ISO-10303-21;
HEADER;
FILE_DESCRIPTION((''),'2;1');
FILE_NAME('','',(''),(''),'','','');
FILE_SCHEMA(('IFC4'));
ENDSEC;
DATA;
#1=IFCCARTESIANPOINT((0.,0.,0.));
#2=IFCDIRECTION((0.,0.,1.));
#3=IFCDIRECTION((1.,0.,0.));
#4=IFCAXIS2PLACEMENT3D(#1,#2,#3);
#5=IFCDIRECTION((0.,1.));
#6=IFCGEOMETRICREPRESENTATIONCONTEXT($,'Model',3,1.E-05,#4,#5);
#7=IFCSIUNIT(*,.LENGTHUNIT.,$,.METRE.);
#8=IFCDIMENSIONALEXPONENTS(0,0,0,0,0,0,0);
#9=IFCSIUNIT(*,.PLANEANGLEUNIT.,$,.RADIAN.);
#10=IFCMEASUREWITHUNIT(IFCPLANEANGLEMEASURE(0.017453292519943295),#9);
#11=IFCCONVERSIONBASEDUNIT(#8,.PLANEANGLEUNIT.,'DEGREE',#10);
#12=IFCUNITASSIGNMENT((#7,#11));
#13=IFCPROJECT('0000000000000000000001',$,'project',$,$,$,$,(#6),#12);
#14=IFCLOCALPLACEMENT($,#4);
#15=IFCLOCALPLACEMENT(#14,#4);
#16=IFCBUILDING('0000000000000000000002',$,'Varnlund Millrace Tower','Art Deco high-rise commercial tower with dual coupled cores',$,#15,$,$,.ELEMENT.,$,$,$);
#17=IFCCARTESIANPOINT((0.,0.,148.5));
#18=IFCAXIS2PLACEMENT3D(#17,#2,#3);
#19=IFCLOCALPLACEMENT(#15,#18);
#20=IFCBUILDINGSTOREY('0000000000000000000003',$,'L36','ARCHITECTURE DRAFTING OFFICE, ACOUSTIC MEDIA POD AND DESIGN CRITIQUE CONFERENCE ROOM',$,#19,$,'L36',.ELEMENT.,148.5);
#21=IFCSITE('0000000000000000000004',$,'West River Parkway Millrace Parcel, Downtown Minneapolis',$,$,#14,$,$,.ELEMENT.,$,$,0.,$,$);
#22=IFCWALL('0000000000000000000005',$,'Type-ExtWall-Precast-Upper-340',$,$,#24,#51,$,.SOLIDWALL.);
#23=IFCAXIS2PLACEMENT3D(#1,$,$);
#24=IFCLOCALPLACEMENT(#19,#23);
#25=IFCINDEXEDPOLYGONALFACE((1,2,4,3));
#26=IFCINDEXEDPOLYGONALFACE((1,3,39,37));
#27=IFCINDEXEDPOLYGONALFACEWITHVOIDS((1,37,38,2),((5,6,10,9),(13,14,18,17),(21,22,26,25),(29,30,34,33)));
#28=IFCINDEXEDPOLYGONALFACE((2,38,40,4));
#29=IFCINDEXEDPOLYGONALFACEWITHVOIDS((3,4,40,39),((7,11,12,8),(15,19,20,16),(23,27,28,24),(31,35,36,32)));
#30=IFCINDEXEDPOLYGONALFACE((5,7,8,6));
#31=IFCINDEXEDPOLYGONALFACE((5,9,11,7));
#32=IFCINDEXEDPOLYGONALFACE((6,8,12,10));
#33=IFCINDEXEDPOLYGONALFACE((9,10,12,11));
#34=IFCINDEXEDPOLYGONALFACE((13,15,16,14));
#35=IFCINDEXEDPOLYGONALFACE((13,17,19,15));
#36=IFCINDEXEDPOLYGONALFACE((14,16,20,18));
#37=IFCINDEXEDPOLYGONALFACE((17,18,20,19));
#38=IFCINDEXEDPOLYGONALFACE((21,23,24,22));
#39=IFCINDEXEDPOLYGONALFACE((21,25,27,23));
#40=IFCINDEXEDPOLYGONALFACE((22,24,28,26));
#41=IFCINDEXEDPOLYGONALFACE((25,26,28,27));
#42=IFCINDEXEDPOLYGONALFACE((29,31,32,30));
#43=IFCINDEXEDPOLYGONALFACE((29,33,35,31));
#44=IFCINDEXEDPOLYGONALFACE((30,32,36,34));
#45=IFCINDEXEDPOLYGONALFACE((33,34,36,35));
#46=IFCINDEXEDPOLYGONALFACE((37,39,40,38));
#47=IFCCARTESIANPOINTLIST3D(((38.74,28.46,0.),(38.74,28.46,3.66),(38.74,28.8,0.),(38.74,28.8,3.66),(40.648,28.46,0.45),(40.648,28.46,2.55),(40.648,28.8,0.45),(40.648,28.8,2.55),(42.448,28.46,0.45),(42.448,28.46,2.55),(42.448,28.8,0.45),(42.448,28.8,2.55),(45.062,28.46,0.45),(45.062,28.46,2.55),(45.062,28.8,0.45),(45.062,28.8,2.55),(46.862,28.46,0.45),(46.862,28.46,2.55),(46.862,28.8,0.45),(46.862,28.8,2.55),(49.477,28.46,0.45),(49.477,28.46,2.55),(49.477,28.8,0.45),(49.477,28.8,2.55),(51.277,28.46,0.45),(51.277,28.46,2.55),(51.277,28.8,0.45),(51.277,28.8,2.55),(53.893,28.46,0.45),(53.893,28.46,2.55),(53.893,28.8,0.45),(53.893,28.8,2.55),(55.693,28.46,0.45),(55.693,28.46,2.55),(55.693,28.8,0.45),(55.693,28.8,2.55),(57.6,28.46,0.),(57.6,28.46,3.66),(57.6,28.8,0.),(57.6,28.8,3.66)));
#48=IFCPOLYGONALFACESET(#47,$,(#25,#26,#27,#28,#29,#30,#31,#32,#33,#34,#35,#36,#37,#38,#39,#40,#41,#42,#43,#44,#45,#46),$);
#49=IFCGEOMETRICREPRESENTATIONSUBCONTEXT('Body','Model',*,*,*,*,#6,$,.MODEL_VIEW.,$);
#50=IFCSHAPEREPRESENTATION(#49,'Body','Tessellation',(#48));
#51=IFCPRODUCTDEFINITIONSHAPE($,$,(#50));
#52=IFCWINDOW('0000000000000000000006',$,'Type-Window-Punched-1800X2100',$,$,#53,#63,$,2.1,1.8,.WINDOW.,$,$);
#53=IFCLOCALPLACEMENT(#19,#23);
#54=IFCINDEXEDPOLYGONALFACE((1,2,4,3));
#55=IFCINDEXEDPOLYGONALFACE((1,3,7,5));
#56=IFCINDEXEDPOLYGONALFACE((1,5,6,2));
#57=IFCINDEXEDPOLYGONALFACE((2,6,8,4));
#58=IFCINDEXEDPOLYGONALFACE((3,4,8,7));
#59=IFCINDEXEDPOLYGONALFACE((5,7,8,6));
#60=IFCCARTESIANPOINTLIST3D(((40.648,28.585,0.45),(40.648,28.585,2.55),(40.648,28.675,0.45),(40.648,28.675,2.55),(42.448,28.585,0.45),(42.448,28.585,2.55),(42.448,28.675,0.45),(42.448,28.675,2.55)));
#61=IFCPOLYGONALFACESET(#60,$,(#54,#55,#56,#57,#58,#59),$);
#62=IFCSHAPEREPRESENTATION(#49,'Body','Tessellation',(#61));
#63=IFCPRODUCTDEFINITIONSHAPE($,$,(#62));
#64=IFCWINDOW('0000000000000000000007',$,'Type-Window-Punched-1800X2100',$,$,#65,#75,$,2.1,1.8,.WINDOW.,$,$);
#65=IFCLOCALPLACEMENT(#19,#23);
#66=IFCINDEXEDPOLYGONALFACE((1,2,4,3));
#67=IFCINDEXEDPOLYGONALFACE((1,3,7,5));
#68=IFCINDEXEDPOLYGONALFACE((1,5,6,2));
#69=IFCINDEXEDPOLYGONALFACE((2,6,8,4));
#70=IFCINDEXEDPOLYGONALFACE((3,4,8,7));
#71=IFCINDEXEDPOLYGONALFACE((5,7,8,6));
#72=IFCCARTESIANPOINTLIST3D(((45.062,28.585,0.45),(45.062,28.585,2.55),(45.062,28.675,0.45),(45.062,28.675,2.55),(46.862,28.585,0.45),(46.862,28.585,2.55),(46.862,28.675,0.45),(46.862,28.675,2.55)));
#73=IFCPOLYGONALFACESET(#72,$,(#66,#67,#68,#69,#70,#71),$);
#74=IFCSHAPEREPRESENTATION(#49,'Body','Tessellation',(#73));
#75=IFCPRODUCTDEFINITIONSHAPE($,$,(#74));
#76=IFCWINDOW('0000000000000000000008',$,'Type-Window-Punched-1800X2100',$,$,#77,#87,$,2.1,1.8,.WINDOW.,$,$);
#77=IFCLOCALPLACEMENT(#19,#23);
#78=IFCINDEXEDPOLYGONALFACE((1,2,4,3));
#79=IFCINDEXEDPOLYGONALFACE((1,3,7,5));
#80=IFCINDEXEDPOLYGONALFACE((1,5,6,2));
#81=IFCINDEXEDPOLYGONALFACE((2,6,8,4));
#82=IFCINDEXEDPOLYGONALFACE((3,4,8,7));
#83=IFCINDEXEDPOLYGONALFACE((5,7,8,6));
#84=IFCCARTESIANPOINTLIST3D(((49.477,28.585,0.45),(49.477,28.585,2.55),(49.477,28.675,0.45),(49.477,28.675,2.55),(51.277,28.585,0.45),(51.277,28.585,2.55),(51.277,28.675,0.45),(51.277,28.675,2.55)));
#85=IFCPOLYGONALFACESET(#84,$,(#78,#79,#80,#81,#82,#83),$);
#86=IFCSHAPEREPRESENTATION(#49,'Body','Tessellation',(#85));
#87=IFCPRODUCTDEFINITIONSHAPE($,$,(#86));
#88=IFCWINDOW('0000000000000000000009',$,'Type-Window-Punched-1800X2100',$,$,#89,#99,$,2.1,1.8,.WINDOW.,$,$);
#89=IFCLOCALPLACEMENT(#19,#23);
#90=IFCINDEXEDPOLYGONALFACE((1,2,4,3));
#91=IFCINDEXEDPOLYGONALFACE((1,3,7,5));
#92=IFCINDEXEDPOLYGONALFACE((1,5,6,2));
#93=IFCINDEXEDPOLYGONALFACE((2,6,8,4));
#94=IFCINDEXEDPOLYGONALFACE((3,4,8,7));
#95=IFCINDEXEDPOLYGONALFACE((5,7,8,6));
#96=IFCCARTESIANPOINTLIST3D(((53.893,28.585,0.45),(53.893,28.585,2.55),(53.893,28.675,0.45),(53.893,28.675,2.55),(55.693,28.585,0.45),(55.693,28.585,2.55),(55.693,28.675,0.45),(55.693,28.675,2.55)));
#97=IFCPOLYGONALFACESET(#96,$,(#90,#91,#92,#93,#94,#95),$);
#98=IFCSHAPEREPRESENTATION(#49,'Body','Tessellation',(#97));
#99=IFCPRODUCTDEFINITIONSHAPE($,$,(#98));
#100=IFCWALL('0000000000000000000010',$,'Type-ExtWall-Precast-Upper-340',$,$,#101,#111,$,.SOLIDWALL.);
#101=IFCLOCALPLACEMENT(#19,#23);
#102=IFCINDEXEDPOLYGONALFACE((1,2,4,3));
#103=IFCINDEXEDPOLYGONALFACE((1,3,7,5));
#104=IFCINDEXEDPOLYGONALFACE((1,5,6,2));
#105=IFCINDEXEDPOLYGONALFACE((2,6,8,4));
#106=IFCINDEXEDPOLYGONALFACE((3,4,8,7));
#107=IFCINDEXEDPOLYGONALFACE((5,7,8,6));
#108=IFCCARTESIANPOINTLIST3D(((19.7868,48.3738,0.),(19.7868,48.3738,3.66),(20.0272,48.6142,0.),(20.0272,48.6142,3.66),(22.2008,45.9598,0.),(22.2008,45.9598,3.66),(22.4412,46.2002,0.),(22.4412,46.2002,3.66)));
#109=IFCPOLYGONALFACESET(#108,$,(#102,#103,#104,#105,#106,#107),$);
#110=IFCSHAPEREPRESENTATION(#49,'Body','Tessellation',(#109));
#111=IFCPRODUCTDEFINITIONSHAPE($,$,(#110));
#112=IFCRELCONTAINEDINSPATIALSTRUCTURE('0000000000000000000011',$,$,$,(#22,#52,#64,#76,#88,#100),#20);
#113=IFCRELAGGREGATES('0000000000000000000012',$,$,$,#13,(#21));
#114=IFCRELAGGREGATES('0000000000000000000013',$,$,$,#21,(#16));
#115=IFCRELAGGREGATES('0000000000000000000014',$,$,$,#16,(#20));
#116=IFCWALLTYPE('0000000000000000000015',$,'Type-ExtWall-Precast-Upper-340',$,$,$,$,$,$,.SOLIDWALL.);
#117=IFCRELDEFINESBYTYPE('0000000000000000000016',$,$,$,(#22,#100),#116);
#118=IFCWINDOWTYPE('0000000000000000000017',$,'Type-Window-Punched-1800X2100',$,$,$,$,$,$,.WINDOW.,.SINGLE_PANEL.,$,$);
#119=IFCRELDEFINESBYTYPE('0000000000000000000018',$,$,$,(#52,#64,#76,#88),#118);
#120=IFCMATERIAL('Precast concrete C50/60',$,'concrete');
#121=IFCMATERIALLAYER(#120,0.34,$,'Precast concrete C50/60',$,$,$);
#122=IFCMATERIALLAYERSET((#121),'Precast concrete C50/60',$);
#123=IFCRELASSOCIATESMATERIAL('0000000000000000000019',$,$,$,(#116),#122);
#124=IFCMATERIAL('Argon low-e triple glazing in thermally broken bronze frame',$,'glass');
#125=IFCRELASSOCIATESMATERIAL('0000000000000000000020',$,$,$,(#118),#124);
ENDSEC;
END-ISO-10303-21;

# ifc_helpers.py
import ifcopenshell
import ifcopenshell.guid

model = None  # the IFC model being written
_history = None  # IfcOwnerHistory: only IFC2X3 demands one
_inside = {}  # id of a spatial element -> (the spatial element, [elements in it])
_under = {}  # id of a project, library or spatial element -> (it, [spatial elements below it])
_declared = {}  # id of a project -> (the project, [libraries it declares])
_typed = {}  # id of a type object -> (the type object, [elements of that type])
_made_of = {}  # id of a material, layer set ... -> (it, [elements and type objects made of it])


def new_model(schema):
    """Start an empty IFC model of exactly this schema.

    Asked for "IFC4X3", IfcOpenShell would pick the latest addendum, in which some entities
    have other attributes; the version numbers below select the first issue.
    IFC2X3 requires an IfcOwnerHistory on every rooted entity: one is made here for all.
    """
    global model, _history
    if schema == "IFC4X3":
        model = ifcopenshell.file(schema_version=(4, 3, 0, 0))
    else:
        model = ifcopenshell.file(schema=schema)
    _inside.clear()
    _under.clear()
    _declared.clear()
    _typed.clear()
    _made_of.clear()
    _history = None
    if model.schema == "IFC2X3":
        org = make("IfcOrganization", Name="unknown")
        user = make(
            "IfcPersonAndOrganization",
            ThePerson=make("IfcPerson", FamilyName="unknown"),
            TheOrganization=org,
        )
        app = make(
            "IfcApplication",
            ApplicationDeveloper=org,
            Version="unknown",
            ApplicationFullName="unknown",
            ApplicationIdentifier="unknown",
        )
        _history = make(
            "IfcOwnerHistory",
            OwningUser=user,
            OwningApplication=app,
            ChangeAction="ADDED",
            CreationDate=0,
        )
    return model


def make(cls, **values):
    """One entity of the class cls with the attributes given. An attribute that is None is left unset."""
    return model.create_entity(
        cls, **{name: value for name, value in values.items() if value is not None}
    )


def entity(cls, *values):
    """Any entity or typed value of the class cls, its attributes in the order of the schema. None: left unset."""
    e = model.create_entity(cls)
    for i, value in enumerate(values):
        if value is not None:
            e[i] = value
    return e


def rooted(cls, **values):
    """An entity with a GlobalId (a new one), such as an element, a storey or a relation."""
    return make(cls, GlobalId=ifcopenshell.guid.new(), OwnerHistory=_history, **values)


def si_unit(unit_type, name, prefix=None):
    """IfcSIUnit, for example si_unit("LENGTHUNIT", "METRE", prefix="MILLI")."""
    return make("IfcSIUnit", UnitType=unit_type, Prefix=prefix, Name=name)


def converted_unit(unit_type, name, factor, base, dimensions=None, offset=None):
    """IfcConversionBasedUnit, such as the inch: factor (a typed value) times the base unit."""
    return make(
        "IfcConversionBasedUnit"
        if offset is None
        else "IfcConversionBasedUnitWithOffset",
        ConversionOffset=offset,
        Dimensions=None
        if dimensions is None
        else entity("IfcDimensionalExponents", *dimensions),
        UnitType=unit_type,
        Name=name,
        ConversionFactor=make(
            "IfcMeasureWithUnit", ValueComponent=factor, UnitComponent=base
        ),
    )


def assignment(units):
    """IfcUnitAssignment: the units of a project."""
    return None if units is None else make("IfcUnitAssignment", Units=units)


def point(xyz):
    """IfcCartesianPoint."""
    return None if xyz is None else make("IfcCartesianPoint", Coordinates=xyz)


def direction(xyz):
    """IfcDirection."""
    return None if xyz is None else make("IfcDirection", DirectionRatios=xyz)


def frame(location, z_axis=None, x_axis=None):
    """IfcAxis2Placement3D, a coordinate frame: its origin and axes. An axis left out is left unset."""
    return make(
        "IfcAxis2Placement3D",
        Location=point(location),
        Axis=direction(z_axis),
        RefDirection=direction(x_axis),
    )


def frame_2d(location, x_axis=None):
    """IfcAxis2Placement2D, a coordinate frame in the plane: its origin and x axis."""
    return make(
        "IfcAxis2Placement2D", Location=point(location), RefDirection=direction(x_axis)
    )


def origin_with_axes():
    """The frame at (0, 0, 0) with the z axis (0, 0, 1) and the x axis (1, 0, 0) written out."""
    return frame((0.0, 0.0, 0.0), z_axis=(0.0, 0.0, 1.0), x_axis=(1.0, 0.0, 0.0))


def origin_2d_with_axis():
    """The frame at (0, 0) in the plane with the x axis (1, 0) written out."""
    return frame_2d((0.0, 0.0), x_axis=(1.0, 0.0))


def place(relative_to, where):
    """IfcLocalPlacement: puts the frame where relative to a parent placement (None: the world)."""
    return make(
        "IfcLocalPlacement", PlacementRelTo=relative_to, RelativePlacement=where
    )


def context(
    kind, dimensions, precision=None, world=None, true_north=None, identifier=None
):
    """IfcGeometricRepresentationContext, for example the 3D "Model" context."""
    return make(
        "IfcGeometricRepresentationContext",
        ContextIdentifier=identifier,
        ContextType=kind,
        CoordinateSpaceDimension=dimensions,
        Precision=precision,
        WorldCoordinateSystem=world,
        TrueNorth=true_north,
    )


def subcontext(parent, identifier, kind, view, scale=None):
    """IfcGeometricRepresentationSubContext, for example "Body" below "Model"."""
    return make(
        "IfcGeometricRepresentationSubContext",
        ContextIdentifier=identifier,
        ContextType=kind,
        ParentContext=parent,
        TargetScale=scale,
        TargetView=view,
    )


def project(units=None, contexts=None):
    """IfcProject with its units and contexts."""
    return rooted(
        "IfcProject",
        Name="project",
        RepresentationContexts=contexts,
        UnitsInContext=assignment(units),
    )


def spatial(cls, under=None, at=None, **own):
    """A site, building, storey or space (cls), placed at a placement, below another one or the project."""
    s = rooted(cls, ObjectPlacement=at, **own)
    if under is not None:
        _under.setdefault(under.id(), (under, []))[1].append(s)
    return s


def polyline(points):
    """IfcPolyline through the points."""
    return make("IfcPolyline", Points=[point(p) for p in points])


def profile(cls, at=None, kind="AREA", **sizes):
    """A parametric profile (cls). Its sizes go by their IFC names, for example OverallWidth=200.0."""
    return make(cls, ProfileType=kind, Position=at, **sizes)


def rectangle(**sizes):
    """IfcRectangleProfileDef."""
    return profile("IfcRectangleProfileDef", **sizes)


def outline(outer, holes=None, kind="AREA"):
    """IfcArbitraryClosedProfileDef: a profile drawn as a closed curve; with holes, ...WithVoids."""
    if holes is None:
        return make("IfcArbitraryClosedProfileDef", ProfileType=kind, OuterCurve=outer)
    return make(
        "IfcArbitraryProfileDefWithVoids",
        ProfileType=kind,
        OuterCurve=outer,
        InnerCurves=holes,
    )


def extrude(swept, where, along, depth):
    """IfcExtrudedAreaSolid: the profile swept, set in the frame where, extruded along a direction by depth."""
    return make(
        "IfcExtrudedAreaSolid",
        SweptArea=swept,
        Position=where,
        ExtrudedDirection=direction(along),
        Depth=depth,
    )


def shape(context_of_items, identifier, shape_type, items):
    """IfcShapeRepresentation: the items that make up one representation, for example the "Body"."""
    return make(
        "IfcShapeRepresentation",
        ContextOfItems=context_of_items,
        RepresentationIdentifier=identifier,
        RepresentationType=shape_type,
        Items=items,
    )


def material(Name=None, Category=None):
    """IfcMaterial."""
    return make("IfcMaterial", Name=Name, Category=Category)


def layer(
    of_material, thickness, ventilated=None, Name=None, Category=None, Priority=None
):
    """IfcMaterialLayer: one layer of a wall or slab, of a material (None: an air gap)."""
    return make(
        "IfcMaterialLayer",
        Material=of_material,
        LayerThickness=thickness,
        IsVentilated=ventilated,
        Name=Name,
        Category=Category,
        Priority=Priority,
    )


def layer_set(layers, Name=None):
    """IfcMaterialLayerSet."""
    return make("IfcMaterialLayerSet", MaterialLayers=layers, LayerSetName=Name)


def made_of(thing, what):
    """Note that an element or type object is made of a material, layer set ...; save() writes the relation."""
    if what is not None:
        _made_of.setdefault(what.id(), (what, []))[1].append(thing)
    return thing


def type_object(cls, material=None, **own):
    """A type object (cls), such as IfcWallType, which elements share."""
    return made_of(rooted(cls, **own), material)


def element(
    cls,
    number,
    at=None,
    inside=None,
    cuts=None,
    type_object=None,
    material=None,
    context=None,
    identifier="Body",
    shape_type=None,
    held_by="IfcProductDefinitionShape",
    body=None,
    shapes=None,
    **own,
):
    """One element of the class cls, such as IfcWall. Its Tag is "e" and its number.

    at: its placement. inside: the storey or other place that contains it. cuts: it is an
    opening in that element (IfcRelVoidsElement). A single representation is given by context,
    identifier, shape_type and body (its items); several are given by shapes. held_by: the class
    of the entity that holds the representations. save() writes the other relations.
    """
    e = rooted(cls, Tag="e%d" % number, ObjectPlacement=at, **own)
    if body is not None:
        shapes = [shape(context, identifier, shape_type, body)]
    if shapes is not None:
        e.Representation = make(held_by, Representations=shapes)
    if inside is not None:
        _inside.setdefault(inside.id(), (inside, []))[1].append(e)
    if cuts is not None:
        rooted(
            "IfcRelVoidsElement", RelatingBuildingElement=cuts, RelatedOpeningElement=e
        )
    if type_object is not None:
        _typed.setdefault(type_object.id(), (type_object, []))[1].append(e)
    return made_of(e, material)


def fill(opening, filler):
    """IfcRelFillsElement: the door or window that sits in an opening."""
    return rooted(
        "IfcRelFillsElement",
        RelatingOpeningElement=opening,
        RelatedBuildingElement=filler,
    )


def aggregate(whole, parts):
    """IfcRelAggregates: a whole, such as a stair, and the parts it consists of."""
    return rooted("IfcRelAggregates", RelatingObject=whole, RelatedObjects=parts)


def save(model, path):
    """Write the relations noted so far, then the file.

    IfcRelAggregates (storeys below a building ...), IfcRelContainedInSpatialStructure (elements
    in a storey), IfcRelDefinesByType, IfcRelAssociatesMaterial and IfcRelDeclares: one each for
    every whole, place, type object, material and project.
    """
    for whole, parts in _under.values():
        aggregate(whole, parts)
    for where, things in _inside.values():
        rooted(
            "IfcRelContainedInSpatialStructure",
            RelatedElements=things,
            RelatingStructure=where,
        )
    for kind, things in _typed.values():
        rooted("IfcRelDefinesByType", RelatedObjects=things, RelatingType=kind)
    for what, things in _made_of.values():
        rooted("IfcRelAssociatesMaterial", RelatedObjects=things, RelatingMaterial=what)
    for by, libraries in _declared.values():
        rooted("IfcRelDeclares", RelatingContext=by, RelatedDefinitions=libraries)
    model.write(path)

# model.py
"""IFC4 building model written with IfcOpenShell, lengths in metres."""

from ifc_helpers import new_model, entity, si_unit, converted_unit, direction, frame, origin_with_axes, origin_2d_with_axis, place, context, subcontext, project, spatial, polyline, rectangle, outline, extrude, material, layer, layer_set, type_object, element, fill, save


model = new_model("IFC4")

# Units and contexts
model_context = context("Model", 3, precision=1e-05, world=origin_with_axes(), true_north=direction((0.0, 1.0)))
body_context = subcontext(model_context, "Body", "Model", "MODEL_VIEW")
ifc_project = project(units=[si_unit("LENGTHUNIT", "METRE"), converted_unit("PLANEANGLEUNIT", "DEGREE", entity("IfcPlaneAngleMeasure", 0.017453292519943295), si_unit("PLANEANGLEUNIT", "RADIAN"), dimensions=[0, 0, 0, 0, 0, 0, 0])], contexts=[model_context])

# Site, building, storey
site_placement = place(None, origin_with_axes())
site = spatial("IfcSite", under=ifc_project, at=site_placement, Name="West River Parkway Millrace Parcel, Downtown Minneapolis", CompositionType="ELEMENT", RefElevation=0.0)
building_placement = place(site_placement, origin_with_axes())
building = spatial("IfcBuilding", under=site, at=building_placement, Name="Varnlund Millrace Tower", Description="Art Deco high-rise commercial tower with dual coupled cores", CompositionType="ELEMENT")
storey_placement = place(building_placement, frame((0.0, 0.0, 148.5), z_axis=(0.0, 0.0, 1.0), x_axis=(1.0, 0.0, 0.0)))
storey = spatial("IfcBuildingStorey", under=building, at=storey_placement, Name="L36", Description="ARCHITECTURE DRAFTING OFFICE, ACOUSTIC MEDIA POD AND DESIGN CRITIQUE CONFERENCE ROOM", LongName="L36", CompositionType="ELEMENT", Elevation=148.5)

# Wall, openings, windows
ifc_material_1 = material(Name="Precast concrete C50/60", Category="concrete")
ifc_layer_1 = layer(ifc_material_1, 0.34, Name="Precast concrete C50/60")
ifc_layer_set_1 = layer_set([ifc_layer_1], Name="Precast concrete C50/60")
wall_type_1 = type_object("IfcWallType", Name="Type-ExtWall-Precast-Upper-340", PredefinedType="SOLIDWALL", material=ifc_layer_set_1)
wall_1_placement = place(storey_placement, frame((38.74, 28.63, 0.0), z_axis=(0.0, 0.0, 1.0), x_axis=(1.0, 0.0, 0.0)))
wall_1 = element("IfcWall", 1, at=wall_1_placement, inside=storey, type_object=wall_type_1, Name="Type-ExtWall-Precast-Upper-340", PredefinedType="SOLIDWALL", context=body_context, shape_type="SweptSolid", body=[
    extrude(outline(polyline([(0.0, -0.17), (18.86, -0.17), (18.86, 0.17), (0.0, 0.17), (0.0, -0.17)])), origin_with_axes(), (0.0, 0.0, 1.0), 3.66),
])
opening_1_placement = place(wall_1_placement, frame((2.808, 0.0, 0.45), z_axis=(0.0, 0.0, 1.0), x_axis=(1.0, 0.0, 0.0)))
opening_1 = element("IfcOpeningElement", 2, at=opening_1_placement, cuts=wall_1, PredefinedType="OPENING", context=body_context, shape_type="SweptSolid", body=[
    extrude(rectangle(XDim=1.8, YDim=0.36, at=origin_2d_with_axis()), origin_with_axes(), (0.0, 0.0, 1.0), 2.1),
])
opening_2_placement = place(wall_1_placement, frame((7.222, 0.0, 0.45), z_axis=(0.0, 0.0, 1.0), x_axis=(1.0, 0.0, 0.0)))
opening_2 = element("IfcOpeningElement", 3, at=opening_2_placement, cuts=wall_1, PredefinedType="OPENING", context=body_context, shape_type="SweptSolid", body=[
    extrude(rectangle(XDim=1.8, YDim=0.36, at=origin_2d_with_axis()), origin_with_axes(), (0.0, 0.0, 1.0), 2.1),
])
opening_3_placement = place(wall_1_placement, frame((11.637, 0.0, 0.45), z_axis=(0.0, 0.0, 1.0), x_axis=(1.0, 0.0, 0.0)))
opening_3 = element("IfcOpeningElement", 4, at=opening_3_placement, cuts=wall_1, PredefinedType="OPENING", context=body_context, shape_type="SweptSolid", body=[
    extrude(rectangle(XDim=1.8, YDim=0.36, at=origin_2d_with_axis()), origin_with_axes(), (0.0, 0.0, 1.0), 2.1),
])
opening_4_placement = place(wall_1_placement, frame((16.053, 0.0, 0.45), z_axis=(0.0, 0.0, 1.0), x_axis=(1.0, 0.0, 0.0)))
opening_4 = element("IfcOpeningElement", 5, at=opening_4_placement, cuts=wall_1, PredefinedType="OPENING", context=body_context, shape_type="SweptSolid", body=[
    extrude(rectangle(XDim=1.8, YDim=0.36, at=origin_2d_with_axis()), origin_with_axes(), (0.0, 0.0, 1.0), 2.1),
])
ifc_material_2 = material(Name="Argon low-e triple glazing in thermally broken bronze frame", Category="glass")
window_type_1 = type_object("IfcWindowType", Name="Type-Window-Punched-1800X2100", PartitioningType="SINGLE_PANEL", PredefinedType="WINDOW", material=ifc_material_2)
window_1_placement = place(wall_1_placement, frame((2.808, 0.0, 0.45), z_axis=(0.0, 0.0, 1.0), x_axis=(1.0, 0.0, 0.0)))
window_1 = element("IfcWindow", 6, at=window_1_placement, inside=storey, type_object=window_type_1, Name="Type-Window-Punched-1800X2100", OverallHeight=2.1, OverallWidth=1.8, PredefinedType="WINDOW", context=body_context, shape_type="SweptSolid", body=[
    extrude(rectangle(XDim=1.8, YDim=0.09, at=origin_2d_with_axis()), origin_with_axes(), (0.0, 0.0, 1.0), 2.1),
])
fill(opening_1, window_1)
window_2_placement = place(wall_1_placement, frame((7.222, 0.0, 0.45), z_axis=(0.0, 0.0, 1.0), x_axis=(1.0, 0.0, 0.0)))
window_2 = element("IfcWindow", 7, at=window_2_placement, inside=storey, type_object=window_type_1, Name="Type-Window-Punched-1800X2100", OverallHeight=2.1, OverallWidth=1.8, PredefinedType="WINDOW", context=body_context, shape_type="SweptSolid", body=[
    extrude(rectangle(XDim=1.8, YDim=0.09, at=origin_2d_with_axis()), origin_with_axes(), (0.0, 0.0, 1.0), 2.1),
])
fill(opening_2, window_2)
window_3_placement = place(wall_1_placement, frame((11.637, 0.0, 0.45), z_axis=(0.0, 0.0, 1.0), x_axis=(1.0, 0.0, 0.0)))
window_3 = element("IfcWindow", 8, at=window_3_placement, inside=storey, type_object=window_type_1, Name="Type-Window-Punched-1800X2100", OverallHeight=2.1, OverallWidth=1.8, PredefinedType="WINDOW", context=body_context, shape_type="SweptSolid", body=[
    extrude(rectangle(XDim=1.8, YDim=0.09, at=origin_2d_with_axis()), origin_with_axes(), (0.0, 0.0, 1.0), 2.1),
])
fill(opening_3, window_3)
window_4_placement = place(wall_1_placement, frame((16.053, 0.0, 0.45), z_axis=(0.0, 0.0, 1.0), x_axis=(1.0, 0.0, 0.0)))
window_4 = element("IfcWindow", 9, at=window_4_placement, inside=storey, type_object=window_type_1, Name="Type-Window-Punched-1800X2100", OverallHeight=2.1, OverallWidth=1.8, PredefinedType="WINDOW", context=body_context, shape_type="SweptSolid", body=[
    extrude(rectangle(XDim=1.8, YDim=0.09, at=origin_2d_with_axis()), origin_with_axes(), (0.0, 0.0, 1.0), 2.1),
])
fill(opening_4, window_4)

# Wall
wall_2_placement = place(storey_placement, frame((19.907, 48.494, 0.0), z_axis=(0.0, 0.0, 1.0), x_axis=(0.707107, -0.707107, 0.0)))
element("IfcWall", 10, at=wall_2_placement, inside=storey, type_object=wall_type_1, Name="Type-ExtWall-Precast-Upper-340", PredefinedType="SOLIDWALL", context=body_context, shape_type="SweptSolid", body=[
    extrude(outline(polyline([(0.0, -0.17), (3.4139, -0.17), (3.4139, 0.17), (0.0, 0.17), (0.0, -0.17)])), origin_with_axes(), (0.0, 0.0, 1.0), 3.66),
])

save(model, "model.ifc")
